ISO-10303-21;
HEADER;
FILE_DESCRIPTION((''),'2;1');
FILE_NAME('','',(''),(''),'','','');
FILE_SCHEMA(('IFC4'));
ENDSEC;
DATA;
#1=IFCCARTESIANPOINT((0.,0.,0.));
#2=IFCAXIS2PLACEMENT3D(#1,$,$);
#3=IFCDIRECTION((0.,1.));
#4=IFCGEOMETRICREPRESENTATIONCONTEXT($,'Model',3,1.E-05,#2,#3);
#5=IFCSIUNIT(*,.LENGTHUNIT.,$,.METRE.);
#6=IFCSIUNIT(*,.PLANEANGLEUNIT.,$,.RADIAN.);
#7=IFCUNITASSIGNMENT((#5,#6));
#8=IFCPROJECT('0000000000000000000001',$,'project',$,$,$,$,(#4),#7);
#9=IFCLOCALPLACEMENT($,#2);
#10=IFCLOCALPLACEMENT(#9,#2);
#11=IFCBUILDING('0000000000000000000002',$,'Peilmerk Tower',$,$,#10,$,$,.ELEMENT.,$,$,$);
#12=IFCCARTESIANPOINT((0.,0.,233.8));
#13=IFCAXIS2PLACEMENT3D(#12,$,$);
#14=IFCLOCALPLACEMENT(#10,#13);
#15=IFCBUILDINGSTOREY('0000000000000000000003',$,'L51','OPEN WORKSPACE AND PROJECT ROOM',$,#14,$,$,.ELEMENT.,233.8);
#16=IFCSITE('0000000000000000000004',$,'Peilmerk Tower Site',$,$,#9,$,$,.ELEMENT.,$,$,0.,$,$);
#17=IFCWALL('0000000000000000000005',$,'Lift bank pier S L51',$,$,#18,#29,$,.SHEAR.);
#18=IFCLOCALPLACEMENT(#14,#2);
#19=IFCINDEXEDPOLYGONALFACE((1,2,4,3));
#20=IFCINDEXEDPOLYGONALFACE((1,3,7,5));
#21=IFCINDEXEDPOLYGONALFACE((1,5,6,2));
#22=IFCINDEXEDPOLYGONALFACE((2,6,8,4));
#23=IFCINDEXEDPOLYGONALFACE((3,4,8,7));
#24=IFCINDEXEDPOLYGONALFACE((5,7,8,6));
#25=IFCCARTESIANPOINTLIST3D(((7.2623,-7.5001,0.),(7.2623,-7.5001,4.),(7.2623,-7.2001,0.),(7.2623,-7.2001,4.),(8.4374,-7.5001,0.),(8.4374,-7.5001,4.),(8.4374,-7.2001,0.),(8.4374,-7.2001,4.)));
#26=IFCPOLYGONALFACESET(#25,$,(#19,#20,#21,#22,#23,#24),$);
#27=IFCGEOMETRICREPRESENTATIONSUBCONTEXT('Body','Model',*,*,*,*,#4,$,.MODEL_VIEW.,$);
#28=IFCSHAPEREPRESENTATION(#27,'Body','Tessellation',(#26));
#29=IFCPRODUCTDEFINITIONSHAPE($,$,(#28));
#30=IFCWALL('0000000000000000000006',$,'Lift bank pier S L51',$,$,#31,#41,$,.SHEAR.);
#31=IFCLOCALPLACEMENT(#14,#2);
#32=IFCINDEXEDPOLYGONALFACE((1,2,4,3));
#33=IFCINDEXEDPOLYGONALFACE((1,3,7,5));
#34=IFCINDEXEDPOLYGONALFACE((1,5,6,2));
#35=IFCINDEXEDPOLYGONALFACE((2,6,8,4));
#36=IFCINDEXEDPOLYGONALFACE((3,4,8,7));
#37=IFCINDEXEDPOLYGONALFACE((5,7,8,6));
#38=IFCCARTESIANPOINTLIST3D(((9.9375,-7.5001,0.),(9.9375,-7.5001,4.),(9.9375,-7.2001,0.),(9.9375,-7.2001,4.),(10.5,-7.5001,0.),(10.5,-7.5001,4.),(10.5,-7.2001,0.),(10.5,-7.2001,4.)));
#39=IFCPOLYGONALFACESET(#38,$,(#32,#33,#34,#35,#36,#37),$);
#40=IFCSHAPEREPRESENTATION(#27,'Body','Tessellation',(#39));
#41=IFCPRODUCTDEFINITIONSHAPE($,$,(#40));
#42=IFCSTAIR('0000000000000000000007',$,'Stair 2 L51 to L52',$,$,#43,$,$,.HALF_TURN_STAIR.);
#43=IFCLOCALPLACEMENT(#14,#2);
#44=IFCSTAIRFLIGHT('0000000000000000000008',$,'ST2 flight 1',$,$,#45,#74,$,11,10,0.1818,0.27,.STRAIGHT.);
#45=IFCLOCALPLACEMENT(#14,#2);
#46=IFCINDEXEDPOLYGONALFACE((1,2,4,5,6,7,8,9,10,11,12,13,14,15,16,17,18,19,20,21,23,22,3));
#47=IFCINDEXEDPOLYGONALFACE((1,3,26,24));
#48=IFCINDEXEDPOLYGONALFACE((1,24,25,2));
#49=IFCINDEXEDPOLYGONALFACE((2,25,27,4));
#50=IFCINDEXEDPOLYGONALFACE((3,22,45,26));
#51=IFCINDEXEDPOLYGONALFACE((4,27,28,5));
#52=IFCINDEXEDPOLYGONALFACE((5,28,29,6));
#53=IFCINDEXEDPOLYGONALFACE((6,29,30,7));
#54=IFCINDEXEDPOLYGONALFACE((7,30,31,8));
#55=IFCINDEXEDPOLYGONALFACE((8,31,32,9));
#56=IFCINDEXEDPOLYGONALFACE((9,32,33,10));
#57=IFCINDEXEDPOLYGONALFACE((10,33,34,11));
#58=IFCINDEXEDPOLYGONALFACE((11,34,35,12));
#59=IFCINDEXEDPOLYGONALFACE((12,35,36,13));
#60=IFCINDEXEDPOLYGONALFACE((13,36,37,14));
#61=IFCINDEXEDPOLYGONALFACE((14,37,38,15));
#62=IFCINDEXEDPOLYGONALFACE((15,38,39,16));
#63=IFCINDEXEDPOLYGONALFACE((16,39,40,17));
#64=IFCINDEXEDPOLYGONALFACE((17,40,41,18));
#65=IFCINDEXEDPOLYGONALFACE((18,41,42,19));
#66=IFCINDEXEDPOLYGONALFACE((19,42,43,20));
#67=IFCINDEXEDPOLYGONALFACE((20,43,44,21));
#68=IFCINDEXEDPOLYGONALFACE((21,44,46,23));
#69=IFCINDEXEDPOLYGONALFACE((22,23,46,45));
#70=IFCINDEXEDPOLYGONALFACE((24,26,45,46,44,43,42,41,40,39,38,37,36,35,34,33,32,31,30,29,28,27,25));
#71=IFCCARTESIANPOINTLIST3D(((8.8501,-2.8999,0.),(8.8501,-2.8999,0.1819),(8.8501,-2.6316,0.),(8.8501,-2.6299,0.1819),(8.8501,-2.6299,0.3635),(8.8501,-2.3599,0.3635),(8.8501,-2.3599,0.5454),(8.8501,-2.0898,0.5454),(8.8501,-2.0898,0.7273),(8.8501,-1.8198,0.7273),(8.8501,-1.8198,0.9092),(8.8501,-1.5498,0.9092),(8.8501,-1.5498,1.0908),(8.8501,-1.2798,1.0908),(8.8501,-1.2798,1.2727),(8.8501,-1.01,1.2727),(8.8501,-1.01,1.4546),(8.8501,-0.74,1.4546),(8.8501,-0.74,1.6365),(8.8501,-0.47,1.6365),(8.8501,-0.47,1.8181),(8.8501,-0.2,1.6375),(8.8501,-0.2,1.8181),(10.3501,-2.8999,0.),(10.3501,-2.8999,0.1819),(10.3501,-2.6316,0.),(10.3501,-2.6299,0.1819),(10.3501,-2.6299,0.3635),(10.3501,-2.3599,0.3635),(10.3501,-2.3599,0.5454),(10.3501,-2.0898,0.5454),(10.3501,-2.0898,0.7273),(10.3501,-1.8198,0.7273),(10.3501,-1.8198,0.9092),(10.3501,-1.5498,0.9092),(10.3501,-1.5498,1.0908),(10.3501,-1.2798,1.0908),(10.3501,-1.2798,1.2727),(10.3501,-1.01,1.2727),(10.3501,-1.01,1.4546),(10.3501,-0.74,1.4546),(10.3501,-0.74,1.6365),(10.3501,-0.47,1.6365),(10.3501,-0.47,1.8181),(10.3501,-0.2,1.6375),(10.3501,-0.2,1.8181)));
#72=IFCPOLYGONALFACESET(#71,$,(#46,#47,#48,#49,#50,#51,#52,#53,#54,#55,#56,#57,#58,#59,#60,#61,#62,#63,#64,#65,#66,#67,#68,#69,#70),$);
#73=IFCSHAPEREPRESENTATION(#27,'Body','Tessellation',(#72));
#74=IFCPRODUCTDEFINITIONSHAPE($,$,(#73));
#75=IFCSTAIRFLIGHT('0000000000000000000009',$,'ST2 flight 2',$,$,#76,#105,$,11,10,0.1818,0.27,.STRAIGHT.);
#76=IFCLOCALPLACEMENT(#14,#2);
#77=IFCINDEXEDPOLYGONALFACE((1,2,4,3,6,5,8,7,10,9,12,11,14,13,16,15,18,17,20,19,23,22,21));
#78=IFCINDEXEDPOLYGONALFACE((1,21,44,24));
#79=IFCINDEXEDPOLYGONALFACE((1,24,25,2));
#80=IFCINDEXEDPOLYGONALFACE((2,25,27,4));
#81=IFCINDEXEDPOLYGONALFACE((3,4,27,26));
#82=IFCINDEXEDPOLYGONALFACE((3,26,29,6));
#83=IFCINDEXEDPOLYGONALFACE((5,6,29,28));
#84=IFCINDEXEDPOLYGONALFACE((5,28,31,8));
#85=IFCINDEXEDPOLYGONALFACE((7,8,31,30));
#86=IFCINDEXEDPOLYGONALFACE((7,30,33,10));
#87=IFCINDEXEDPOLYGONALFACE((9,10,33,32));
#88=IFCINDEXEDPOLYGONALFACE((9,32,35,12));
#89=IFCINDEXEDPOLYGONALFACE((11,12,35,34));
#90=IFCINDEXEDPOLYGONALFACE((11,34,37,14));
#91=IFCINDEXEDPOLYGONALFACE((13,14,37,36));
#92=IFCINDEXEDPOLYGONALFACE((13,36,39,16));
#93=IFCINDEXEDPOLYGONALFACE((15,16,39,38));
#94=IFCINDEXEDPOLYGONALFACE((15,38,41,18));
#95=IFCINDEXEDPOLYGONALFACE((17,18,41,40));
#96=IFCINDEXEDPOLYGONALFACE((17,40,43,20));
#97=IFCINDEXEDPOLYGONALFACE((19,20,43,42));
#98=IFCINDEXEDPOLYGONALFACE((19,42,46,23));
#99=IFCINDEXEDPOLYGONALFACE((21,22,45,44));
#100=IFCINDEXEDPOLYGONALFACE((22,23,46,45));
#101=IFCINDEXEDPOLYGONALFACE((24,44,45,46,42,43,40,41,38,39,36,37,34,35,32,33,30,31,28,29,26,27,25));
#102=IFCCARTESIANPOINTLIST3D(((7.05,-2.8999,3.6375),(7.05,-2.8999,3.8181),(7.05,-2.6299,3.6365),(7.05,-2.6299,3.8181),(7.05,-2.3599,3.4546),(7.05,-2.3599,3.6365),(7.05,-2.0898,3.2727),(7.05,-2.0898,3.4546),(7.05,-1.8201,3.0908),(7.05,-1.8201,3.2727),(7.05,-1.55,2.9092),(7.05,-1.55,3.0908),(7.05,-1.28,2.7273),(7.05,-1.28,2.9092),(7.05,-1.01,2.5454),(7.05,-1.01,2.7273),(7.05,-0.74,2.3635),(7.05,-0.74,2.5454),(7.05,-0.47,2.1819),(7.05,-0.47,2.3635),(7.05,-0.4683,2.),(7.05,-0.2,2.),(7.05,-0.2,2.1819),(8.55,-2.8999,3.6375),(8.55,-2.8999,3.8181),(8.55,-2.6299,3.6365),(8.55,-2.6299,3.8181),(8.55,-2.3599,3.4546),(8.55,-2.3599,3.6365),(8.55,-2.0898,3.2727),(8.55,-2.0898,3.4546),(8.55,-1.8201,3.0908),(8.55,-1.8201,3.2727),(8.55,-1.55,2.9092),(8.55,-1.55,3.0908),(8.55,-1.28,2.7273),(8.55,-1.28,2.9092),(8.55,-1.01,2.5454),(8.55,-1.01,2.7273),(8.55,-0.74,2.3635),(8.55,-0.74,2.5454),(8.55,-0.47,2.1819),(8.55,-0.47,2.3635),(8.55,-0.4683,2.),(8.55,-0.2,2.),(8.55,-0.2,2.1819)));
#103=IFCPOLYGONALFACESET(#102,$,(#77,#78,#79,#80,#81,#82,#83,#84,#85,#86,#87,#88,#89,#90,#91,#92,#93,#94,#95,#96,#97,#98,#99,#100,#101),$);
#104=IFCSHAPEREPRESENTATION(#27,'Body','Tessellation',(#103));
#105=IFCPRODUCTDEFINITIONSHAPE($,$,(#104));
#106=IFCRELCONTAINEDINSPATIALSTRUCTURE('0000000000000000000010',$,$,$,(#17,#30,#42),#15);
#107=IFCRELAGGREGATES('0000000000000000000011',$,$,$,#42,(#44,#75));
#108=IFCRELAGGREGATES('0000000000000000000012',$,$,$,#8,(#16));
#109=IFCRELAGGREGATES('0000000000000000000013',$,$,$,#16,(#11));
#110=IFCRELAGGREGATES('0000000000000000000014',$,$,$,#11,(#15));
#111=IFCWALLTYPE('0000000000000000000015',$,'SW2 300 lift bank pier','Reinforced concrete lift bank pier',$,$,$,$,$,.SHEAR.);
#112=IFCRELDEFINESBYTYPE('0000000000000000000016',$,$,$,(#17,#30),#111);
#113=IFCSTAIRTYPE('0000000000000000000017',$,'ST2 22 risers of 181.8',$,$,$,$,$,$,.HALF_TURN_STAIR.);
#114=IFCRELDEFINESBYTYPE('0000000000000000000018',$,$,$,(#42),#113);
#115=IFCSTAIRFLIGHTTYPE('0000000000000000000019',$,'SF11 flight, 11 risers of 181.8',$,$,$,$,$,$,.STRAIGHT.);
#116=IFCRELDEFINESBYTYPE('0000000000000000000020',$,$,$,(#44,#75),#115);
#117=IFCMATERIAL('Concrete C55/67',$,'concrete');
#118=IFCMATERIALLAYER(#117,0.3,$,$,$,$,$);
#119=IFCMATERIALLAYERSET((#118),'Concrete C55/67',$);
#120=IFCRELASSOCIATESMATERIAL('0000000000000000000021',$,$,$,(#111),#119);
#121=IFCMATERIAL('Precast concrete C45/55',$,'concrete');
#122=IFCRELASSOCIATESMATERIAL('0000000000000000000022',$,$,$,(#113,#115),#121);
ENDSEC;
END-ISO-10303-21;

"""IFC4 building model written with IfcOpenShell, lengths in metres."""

from ifc_helpers import new_model, si_unit, direction, frame, frame_2d, origin, place, context, subcontext, project, spatial, polyline, rectangle, outline, extrude, material, layer, layer_set, type_object, element, aggregate, save


model = new_model("IFC4")

# Units and contexts
model_context = context("Model", 3, precision=1e-05, world=origin(), true_north=direction((0.0, 1.0)))
body_context = subcontext(model_context, "Body", "Model", "MODEL_VIEW")
ifc_project = project(units=[si_unit("LENGTHUNIT", "METRE"), si_unit("PLANEANGLEUNIT", "RADIAN")], contexts=[model_context])

# Site, building, storey
site_placement = place(None, origin())
site = spatial("IfcSite", under=ifc_project, at=site_placement, Name="Peilmerk Tower Site", CompositionType="ELEMENT", RefElevation=0.0)
building_placement = place(site_placement, origin())
building = spatial("IfcBuilding", under=site, at=building_placement, Name="Peilmerk Tower", CompositionType="ELEMENT")
storey_placement = place(building_placement, frame((0.0, 0.0, 233.8)))
storey = spatial("IfcBuildingStorey", under=building, at=storey_placement, Name="L51", Description="OPEN WORKSPACE AND PROJECT ROOM", CompositionType="ELEMENT", Elevation=233.8)

# Shared definitions
ifc_material_1 = material(Name="Precast concrete C45/55", Category="concrete")

# Walls
ifc_material_2 = material(Name="Concrete C55/67", Category="concrete")
ifc_layer_1 = layer(ifc_material_2, 0.3)
ifc_layer_set_1 = layer_set([ifc_layer_1], Name="Concrete C55/67")
wall_type_1 = type_object("IfcWallType", Name="SW2 300 lift bank pier", Description="Reinforced concrete lift bank pier", PredefinedType="SHEAR", material=ifc_layer_set_1)
wall_1_placement = place(storey_placement, frame((7.2625, -7.3501, 0.0), z_axis=(0.0, 0.0, 1.0), x_axis=(1.0, 0.0, 0.0)))
element("IfcWall", 1, at=wall_1_placement, inside=storey, type_object=wall_type_1, Name="Lift bank pier S L51", PredefinedType="SHEAR", context=body_context, shape_type="SweptSolid", body=[
    extrude(rectangle(XDim=1.175, YDim=0.3, at=frame_2d((0.5874, 0.0))), origin(), (0.0, 0.0, 1.0), 4.0),
])
wall_2_placement = place(storey_placement, frame((9.9375, -7.3501, 0.0), z_axis=(0.0, 0.0, 1.0), x_axis=(1.0, 0.0, 0.0)))
element("IfcWall", 2, at=wall_2_placement, inside=storey, type_object=wall_type_1, Name="Lift bank pier S L51", PredefinedType="SHEAR", context=body_context, shape_type="SweptSolid", body=[
    extrude(rectangle(XDim=0.5625, YDim=0.3, at=frame_2d((0.2812, 0.0))), origin(), (0.0, 0.0, 1.0), 4.0),
])

# Stair, stair flights
stair_type_1 = type_object("IfcStairType", Name="ST2 22 risers of 181.8", PredefinedType="HALF_TURN_STAIR", material=ifc_material_1)
stair_1_placement = place(storey_placement, origin())
stair_1 = element("IfcStair", 3, at=stair_1_placement, inside=storey, type_object=stair_type_1, Name="Stair 2 L51 to L52", PredefinedType="HALF_TURN_STAIR")
stair_flight_type = type_object("IfcStairFlightType", Name="SF11 flight, 11 risers of 181.8", PredefinedType="STRAIGHT", material=ifc_material_1)
stair_flight_1_placement = place(storey_placement, frame((9.6001, -2.8999, 0.0), z_axis=(0.0, 0.0, 1.0), x_axis=(0.0, 1.0, 0.0)))
stair_flight_1 = element("IfcStairFlight", 4, at=stair_flight_1_placement, type_object=stair_flight_type, Name="ST2 flight 1", NumberOfRisers=11, NumberOfTreads=10, PredefinedType="STRAIGHT", RiserHeight=0.1818, TreadLength=0.27, context=body_context, shape_type="SweptSolid", body=[
    extrude(outline(polyline([(0.0, 0.0), (0.0, 0.1819), (0.27, 0.1819), (0.27, 0.3635), (0.54, 0.3635), (0.54, 0.5454), (0.8101, 0.5454), (0.8101, 0.7273), (1.0801, 0.7273), (1.0801, 0.9092), (1.3501, 0.9092), (1.3501, 1.0908), (1.6201, 1.0908), (1.6201, 1.2727), (1.8899, 1.2727), (1.8899, 1.4546), (2.1599, 1.4546), (2.1599, 1.6365), (2.4299, 1.6365), (2.4299, 1.8181), (2.7, 1.8181), (2.7, 2.0), (2.7, 1.6375), (0.2683, 0.0), (0.0, 0.0)])), frame((0.0, 0.75, 0.0), z_axis=(0.0, -1.0, 0.0), x_axis=(1.0, 0.0, 0.0)), (0.0, 0.0, 1.0), 1.5),
])
stair_flight_2_placement = place(storey_placement, frame((7.8, -0.2, 2.0), z_axis=(0.0, 0.0, 1.0), x_axis=(0.0, -1.0, 0.0)))
stair_flight_2 = element("IfcStairFlight", 5, at=stair_flight_2_placement, type_object=stair_flight_type, Name="ST2 flight 2", NumberOfRisers=11, NumberOfTreads=10, PredefinedType="STRAIGHT", RiserHeight=0.1818, TreadLength=0.27, context=body_context, shape_type="SweptSolid", body=[
    extrude(outline(polyline([(0.0, 0.0), (0.0, 0.1819), (0.27, 0.1819), (0.27, 0.3635), (0.54, 0.3635), (0.54, 0.5454), (0.8101, 0.5454), (0.8101, 0.7273), (1.0801, 0.7273), (1.0801, 0.9092), (1.3501, 0.9092), (1.3501, 1.0908), (1.6201, 1.0908), (1.6201, 1.2727), (1.8899, 1.2727), (1.8899, 1.4546), (2.1599, 1.4546), (2.1599, 1.6365), (2.4299, 1.6365), (2.4299, 1.8181), (2.7, 1.8181), (2.7, 2.0), (2.7, 1.6375), (0.2683, 0.0), (0.0, 0.0)])), frame((0.0, 0.75, 0.0), z_axis=(0.0, -1.0, 0.0), x_axis=(1.0, 0.0, 0.0)), (0.0, 0.0, 1.0), 1.5),
])
aggregate(stair_1, [stair_flight_1, stair_flight_2])

save(model, "model.ifc")
